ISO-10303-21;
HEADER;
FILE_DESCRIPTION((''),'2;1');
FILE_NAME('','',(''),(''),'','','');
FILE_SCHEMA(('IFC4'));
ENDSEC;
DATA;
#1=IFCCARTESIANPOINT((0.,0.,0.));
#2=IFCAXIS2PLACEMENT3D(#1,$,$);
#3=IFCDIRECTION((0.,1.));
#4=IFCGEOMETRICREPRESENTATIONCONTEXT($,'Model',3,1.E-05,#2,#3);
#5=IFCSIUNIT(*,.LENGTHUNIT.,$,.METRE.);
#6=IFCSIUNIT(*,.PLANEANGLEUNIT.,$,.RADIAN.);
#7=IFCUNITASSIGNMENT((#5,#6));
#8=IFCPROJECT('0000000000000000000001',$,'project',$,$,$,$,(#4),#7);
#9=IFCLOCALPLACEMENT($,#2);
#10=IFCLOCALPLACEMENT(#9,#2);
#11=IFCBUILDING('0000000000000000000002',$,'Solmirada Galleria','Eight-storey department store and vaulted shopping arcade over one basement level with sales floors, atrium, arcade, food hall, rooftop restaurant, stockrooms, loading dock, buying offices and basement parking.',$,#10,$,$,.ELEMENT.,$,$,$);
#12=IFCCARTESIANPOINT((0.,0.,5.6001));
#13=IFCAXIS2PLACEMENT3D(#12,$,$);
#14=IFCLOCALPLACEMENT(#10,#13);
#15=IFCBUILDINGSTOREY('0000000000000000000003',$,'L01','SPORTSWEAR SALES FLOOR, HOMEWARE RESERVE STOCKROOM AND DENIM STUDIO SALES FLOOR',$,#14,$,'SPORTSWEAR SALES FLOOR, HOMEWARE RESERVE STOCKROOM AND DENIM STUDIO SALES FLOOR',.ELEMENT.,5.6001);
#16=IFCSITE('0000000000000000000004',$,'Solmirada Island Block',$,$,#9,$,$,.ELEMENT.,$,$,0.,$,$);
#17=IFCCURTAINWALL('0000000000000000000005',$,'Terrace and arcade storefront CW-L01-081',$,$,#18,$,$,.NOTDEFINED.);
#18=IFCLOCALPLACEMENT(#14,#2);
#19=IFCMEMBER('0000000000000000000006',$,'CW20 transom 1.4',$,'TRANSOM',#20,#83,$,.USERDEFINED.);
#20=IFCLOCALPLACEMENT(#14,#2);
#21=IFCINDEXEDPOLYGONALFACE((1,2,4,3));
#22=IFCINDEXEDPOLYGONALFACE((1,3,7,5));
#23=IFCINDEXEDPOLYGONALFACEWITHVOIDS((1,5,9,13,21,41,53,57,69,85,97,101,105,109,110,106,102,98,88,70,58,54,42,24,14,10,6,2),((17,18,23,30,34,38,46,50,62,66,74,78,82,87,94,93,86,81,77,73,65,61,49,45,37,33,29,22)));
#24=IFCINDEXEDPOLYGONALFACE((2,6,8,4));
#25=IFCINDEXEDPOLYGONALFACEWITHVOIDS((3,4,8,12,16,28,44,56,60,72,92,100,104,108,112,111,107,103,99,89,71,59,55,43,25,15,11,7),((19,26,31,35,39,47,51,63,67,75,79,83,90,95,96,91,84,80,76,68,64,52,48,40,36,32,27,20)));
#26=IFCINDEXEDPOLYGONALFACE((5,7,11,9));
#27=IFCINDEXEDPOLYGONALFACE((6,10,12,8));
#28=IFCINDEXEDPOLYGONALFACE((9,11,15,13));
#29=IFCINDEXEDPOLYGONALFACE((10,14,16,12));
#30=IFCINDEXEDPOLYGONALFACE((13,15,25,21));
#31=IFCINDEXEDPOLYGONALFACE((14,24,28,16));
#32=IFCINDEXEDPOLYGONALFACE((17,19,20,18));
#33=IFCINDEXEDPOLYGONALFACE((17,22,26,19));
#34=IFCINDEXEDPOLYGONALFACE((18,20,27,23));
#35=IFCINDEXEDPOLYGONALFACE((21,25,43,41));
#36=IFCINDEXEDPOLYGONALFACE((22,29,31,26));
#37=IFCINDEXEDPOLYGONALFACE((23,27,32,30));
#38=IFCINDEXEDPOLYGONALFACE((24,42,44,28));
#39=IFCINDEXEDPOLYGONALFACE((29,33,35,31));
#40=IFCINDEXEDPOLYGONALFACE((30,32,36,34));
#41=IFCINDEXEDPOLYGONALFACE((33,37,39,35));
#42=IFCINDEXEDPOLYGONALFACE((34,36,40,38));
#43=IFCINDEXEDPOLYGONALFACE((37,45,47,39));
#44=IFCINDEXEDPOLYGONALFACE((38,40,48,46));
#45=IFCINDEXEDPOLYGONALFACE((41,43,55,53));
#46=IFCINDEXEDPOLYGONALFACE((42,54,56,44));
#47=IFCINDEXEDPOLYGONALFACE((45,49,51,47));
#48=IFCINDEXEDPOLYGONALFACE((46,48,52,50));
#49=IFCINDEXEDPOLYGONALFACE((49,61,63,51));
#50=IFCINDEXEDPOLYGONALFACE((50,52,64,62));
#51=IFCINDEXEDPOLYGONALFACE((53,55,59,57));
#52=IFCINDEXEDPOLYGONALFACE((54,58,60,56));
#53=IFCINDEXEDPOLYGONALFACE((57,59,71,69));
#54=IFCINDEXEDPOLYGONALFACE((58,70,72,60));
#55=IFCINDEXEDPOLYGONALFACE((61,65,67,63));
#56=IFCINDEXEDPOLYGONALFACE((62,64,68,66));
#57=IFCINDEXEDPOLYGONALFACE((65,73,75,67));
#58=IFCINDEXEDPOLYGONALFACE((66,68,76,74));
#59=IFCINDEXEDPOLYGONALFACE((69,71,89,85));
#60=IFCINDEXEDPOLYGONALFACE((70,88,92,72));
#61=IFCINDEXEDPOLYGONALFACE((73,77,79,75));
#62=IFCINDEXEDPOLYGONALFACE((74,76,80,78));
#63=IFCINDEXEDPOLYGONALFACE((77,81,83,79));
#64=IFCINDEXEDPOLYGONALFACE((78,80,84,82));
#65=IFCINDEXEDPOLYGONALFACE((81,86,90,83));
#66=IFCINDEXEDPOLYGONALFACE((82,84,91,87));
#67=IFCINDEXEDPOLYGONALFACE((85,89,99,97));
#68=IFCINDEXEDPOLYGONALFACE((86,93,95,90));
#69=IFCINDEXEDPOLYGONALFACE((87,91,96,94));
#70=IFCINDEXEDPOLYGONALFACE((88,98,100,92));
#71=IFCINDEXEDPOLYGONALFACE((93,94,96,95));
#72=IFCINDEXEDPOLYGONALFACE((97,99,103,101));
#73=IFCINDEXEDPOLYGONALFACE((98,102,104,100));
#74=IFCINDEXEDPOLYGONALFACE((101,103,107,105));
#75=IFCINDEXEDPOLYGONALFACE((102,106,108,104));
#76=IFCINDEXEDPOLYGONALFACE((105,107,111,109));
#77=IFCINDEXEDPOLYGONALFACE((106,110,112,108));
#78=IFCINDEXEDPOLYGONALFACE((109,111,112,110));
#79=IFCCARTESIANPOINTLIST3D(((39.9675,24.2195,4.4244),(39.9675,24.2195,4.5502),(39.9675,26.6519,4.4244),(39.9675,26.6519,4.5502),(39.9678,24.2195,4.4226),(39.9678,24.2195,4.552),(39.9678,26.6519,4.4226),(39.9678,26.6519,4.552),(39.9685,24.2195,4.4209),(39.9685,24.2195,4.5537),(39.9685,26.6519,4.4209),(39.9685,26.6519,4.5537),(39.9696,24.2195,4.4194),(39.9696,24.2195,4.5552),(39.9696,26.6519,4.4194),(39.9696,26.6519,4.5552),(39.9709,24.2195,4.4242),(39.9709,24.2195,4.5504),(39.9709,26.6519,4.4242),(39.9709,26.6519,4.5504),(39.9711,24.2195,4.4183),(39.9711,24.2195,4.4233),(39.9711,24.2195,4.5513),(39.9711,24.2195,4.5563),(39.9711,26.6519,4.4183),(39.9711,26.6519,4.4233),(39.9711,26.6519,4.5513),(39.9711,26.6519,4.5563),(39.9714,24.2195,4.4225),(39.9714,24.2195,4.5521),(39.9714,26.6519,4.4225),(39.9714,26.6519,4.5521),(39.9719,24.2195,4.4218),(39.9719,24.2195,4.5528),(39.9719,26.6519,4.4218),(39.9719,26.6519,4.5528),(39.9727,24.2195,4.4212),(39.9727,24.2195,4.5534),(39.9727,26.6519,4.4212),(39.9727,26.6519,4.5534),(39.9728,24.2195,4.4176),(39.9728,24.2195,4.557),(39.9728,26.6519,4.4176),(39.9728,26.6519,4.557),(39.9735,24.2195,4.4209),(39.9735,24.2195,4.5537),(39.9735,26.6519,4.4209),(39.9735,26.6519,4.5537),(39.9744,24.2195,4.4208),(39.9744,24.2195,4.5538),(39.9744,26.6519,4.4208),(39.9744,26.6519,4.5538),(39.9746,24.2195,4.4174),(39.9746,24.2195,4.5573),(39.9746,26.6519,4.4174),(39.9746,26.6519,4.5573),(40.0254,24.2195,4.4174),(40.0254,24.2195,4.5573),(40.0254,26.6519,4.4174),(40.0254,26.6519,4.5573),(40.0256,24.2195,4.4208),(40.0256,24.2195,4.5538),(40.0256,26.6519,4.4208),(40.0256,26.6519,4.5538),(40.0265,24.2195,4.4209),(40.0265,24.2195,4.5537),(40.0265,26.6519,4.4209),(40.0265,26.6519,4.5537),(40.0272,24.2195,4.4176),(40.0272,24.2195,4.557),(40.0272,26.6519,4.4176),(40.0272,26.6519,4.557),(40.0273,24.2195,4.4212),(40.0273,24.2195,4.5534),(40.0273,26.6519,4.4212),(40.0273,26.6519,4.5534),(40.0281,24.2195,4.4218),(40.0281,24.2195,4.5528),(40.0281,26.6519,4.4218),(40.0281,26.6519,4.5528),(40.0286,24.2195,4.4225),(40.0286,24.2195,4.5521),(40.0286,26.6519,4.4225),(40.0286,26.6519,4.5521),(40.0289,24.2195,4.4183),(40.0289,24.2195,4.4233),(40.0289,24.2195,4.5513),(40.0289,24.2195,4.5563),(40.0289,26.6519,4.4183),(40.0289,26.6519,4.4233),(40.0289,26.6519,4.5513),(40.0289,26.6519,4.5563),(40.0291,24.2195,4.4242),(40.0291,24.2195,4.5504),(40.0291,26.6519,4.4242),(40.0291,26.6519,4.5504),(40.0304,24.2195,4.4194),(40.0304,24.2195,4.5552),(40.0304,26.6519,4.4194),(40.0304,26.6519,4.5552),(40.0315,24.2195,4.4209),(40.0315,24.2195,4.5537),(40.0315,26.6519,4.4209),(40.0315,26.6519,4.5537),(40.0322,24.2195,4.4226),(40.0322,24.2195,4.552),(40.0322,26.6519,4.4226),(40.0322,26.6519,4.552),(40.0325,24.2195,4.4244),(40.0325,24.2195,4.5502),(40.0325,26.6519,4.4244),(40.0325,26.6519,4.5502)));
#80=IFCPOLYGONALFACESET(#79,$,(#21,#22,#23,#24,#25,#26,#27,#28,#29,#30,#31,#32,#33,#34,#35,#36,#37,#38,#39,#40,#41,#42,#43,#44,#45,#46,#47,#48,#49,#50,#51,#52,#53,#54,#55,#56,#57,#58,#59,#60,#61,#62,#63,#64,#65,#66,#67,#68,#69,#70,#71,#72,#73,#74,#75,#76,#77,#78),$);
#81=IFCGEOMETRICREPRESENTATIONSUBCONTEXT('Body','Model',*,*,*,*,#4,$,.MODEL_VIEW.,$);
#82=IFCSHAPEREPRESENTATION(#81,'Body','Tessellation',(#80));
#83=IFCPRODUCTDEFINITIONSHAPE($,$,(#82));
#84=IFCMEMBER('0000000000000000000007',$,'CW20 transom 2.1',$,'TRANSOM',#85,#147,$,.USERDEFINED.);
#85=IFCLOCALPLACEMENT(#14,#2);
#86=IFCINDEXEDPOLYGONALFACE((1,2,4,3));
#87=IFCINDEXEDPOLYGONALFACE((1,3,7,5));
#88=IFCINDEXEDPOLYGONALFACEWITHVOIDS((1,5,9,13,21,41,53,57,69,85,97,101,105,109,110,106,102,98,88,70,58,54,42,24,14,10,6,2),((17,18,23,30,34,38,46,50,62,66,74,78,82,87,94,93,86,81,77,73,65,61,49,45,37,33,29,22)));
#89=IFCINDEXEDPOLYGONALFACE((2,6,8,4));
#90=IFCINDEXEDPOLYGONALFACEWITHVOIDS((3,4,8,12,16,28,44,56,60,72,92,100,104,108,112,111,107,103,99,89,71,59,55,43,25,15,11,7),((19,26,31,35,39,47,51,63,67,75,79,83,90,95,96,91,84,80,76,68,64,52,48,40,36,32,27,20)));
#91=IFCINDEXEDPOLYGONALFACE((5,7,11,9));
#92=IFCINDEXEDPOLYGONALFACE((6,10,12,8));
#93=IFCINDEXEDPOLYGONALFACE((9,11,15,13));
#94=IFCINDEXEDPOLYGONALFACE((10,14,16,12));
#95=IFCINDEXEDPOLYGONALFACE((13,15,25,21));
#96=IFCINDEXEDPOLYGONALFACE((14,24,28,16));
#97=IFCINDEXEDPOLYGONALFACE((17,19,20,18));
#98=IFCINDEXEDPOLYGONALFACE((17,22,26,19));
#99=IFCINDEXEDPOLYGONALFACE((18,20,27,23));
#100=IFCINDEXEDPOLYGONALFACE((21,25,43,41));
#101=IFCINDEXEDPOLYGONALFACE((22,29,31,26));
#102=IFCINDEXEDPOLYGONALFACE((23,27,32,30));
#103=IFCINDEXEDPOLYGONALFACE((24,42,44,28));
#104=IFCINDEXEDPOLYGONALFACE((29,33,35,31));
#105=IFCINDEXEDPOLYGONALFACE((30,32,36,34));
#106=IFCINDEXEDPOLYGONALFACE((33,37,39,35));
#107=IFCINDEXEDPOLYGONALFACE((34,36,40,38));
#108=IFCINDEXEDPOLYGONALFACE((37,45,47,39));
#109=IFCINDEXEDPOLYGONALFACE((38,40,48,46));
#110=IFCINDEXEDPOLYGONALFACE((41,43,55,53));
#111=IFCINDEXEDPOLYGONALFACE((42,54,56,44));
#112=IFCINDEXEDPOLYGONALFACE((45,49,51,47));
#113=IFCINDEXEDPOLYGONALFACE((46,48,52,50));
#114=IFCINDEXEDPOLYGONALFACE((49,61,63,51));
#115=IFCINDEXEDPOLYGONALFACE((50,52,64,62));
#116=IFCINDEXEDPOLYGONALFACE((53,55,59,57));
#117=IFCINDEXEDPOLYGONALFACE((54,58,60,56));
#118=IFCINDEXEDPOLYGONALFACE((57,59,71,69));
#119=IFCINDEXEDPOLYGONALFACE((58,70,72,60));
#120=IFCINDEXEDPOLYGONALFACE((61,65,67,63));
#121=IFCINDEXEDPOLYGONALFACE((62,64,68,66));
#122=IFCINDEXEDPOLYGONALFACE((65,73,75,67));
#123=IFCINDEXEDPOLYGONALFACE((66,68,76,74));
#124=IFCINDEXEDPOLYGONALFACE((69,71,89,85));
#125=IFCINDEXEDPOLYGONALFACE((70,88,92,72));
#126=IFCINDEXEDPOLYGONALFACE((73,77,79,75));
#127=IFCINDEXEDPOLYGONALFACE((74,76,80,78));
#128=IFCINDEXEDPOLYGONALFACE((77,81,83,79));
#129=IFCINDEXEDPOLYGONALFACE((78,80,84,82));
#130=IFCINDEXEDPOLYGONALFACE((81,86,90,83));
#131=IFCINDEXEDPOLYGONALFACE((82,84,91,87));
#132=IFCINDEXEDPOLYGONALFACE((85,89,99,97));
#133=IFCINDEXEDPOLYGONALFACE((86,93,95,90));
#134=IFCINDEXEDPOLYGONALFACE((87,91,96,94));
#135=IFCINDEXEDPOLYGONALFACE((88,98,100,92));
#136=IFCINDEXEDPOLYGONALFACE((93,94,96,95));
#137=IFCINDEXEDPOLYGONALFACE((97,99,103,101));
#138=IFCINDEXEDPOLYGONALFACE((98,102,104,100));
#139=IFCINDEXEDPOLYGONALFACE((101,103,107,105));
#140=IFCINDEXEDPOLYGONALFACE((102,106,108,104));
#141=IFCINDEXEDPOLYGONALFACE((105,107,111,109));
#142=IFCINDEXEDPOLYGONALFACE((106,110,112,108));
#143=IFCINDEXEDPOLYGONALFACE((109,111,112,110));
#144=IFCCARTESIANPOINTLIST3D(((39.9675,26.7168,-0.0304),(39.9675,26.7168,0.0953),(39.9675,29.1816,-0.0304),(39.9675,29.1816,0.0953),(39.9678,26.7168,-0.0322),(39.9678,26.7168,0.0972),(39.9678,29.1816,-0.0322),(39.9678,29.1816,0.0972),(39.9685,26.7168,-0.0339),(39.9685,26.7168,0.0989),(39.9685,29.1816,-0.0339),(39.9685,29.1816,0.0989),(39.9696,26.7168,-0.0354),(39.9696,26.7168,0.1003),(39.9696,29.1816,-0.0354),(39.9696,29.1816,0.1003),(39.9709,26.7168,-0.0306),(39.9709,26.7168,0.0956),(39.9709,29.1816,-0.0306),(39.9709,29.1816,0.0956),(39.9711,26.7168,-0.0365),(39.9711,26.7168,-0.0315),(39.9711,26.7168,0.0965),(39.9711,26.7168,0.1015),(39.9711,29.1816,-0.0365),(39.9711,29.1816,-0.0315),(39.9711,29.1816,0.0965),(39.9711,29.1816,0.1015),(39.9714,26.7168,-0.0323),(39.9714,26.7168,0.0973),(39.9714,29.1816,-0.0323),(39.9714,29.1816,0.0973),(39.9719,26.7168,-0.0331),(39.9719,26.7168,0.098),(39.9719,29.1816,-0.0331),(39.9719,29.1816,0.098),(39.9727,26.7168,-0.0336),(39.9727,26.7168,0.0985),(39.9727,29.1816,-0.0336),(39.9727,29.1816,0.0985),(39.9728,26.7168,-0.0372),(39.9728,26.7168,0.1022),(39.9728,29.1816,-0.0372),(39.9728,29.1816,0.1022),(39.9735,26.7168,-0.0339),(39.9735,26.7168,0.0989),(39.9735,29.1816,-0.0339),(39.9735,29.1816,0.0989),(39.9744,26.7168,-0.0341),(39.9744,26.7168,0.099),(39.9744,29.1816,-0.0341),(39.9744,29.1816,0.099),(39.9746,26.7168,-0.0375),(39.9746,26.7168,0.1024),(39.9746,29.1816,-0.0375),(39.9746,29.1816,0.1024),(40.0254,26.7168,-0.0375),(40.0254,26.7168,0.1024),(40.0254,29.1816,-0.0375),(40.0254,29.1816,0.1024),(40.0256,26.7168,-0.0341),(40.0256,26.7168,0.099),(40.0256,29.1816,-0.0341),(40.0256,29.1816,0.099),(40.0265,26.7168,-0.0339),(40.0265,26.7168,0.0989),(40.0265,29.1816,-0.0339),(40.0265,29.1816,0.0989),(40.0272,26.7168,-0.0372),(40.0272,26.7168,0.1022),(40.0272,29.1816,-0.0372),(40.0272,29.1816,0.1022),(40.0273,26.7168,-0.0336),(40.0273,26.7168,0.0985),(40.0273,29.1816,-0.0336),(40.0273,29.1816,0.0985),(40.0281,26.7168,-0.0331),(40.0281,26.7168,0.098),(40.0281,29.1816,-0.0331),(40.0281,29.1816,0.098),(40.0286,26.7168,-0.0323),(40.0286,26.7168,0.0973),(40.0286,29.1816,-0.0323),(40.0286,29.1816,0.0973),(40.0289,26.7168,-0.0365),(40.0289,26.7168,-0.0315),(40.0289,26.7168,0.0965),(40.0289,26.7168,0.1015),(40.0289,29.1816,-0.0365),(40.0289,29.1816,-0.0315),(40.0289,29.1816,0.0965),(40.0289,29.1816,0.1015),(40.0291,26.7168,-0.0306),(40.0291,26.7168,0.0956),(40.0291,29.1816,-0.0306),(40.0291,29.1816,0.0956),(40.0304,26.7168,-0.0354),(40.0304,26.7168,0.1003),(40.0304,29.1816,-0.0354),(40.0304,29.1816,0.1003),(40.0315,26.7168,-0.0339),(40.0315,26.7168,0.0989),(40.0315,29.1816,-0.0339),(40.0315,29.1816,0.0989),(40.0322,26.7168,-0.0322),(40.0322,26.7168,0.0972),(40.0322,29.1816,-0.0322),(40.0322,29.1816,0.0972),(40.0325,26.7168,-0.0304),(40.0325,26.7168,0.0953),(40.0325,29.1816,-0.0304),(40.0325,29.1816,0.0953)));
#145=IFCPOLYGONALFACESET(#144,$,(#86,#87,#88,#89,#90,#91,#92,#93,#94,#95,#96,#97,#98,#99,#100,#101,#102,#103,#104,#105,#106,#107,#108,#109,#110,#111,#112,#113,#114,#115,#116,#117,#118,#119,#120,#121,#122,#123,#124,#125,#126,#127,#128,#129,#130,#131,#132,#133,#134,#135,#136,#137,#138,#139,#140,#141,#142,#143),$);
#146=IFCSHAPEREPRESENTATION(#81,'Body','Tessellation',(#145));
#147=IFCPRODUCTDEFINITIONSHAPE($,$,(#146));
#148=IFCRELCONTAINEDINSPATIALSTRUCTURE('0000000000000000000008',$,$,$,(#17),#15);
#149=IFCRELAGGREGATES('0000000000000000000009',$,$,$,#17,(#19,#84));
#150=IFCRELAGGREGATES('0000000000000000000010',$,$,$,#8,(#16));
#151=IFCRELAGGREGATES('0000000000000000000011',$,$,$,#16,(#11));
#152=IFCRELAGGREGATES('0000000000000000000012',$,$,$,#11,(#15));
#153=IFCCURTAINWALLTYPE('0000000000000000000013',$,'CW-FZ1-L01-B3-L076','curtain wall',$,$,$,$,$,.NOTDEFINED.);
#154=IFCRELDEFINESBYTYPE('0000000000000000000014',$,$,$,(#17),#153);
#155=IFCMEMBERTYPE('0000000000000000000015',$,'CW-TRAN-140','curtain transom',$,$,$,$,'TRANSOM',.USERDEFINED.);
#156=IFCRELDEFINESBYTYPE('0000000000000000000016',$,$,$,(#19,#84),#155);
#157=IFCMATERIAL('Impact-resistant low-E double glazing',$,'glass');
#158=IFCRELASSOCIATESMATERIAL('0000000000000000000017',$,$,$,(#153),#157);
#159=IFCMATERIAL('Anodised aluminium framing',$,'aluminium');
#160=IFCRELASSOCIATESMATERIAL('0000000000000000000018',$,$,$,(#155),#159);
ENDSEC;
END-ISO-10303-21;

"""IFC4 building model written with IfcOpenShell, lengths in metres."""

from ifc_helpers import new_model, si_unit, direction, frame, origin, origin_2d, place, context, subcontext, project, spatial, hollow_rectangle, extrude, material, material_profile, profile_set, type_object, element, aggregate, save


model = new_model("IFC4")

# Units and contexts
model_context = context("Model", 3, precision=1e-05, world=origin(), true_north=direction((0.0, 1.0)))
body_context = subcontext(model_context, "Body", "Model", "MODEL_VIEW")
ifc_project = project(units=[si_unit("LENGTHUNIT", "METRE"), si_unit("PLANEANGLEUNIT", "RADIAN")], contexts=[model_context])

# Site, building, storey
site_placement = place(None, origin())
site = spatial("IfcSite", under=ifc_project, at=site_placement, Name="Solmirada Island Block", CompositionType="ELEMENT", RefElevation=0.0)
building_placement = place(site_placement, origin())
building = spatial("IfcBuilding", under=site, at=building_placement, Name="Solmirada Galleria", Description="Eight-storey department store and vaulted shopping arcade over one basement level with sales floors, atrium, arcade, food hall, rooftop restaurant, stockrooms, loading dock, buying offices and basement parking.", CompositionType="ELEMENT")
storey_placement = place(building_placement, frame((0.0, 0.0, 5.6001)))
storey = spatial("IfcBuildingStorey", under=building, at=storey_placement, Name="L01", Description="SPORTSWEAR SALES FLOOR, HOMEWARE RESERVE STOCKROOM AND DENIM STUDIO SALES FLOOR", LongName="SPORTSWEAR SALES FLOOR, HOMEWARE RESERVE STOCKROOM AND DENIM STUDIO SALES FLOOR", CompositionType="ELEMENT", Elevation=5.6001)

# Shared definitions
ifc_material_1 = material(Name="Impact-resistant low-E double glazing", Category="glass")
ifc_material_2 = material(Name="Anodised aluminium framing", Category="aluminium")

# Curtain wall
curtain_wall_type_1 = type_object("IfcCurtainWallType", Name="CW-FZ1-L01-B3-L076", Description="curtain wall", PredefinedType="NOTDEFINED", material=ifc_material_1)
curtain_wall_1_placement = place(storey_placement, origin())
curtain_wall_1 = element("IfcCurtainWall", 1, at=curtain_wall_1_placement, inside=storey, type_object=curtain_wall_type_1, Name="Terrace and arcade storefront CW-L01-081", PredefinedType="NOTDEFINED")

# Members
ifc_material_profile_1 = material_profile(ifc_material_2, hollow_rectangle(XDim=0.0649, YDim=0.1399, WallThickness=0.0034, InnerFilletRadius=0.0034, OuterFilletRadius=0.0071, at=origin_2d()), Name="ALU-TRAN-140X65")
ifc_profile_set_1 = profile_set([ifc_material_profile_1], Name="Anodised aluminium framing")
member_type_1 = type_object("IfcMemberType", Name="CW-TRAN-140", Description="curtain transom", ElementType="TRANSOM", PredefinedType="USERDEFINED", material=ifc_profile_set_1)
member_1_placement = place(storey_placement, frame((40.0, 24.2195, 4.4873), z_axis=(0.0, 1.0, 0.0), x_axis=(-1.0, 0.0, 0.0)))
member_1 = element("IfcMember", 2, at=member_1_placement, type_object=member_type_1, Name="CW20 transom 1.4", ObjectType="TRANSOM", PredefinedType="USERDEFINED", context=body_context, shape_type="SweptSolid", body=[
    extrude(hollow_rectangle(XDim=0.0649, YDim=0.1399, WallThickness=0.0034, InnerFilletRadius=0.0034, OuterFilletRadius=0.0071, at=origin_2d()), origin(), (0.0, 0.0, 1.0), 2.4324),
])
member_2_placement = place(storey_placement, frame((40.0, 26.7168, 0.0325), z_axis=(0.0, 1.0, 0.0), x_axis=(-1.0, 0.0, 0.0)))
member_2 = element("IfcMember", 3, at=member_2_placement, type_object=member_type_1, Name="CW20 transom 2.1", ObjectType="TRANSOM", PredefinedType="USERDEFINED", context=body_context, shape_type="SweptSolid", body=[
    extrude(hollow_rectangle(XDim=0.0649, YDim=0.1399, WallThickness=0.0034, InnerFilletRadius=0.0034, OuterFilletRadius=0.0071, at=origin_2d()), origin(), (0.0, 0.0, 1.0), 2.4648),
])

aggregate(curtain_wall_1, [member_1, member_2])

save(model, "model.ifc")
